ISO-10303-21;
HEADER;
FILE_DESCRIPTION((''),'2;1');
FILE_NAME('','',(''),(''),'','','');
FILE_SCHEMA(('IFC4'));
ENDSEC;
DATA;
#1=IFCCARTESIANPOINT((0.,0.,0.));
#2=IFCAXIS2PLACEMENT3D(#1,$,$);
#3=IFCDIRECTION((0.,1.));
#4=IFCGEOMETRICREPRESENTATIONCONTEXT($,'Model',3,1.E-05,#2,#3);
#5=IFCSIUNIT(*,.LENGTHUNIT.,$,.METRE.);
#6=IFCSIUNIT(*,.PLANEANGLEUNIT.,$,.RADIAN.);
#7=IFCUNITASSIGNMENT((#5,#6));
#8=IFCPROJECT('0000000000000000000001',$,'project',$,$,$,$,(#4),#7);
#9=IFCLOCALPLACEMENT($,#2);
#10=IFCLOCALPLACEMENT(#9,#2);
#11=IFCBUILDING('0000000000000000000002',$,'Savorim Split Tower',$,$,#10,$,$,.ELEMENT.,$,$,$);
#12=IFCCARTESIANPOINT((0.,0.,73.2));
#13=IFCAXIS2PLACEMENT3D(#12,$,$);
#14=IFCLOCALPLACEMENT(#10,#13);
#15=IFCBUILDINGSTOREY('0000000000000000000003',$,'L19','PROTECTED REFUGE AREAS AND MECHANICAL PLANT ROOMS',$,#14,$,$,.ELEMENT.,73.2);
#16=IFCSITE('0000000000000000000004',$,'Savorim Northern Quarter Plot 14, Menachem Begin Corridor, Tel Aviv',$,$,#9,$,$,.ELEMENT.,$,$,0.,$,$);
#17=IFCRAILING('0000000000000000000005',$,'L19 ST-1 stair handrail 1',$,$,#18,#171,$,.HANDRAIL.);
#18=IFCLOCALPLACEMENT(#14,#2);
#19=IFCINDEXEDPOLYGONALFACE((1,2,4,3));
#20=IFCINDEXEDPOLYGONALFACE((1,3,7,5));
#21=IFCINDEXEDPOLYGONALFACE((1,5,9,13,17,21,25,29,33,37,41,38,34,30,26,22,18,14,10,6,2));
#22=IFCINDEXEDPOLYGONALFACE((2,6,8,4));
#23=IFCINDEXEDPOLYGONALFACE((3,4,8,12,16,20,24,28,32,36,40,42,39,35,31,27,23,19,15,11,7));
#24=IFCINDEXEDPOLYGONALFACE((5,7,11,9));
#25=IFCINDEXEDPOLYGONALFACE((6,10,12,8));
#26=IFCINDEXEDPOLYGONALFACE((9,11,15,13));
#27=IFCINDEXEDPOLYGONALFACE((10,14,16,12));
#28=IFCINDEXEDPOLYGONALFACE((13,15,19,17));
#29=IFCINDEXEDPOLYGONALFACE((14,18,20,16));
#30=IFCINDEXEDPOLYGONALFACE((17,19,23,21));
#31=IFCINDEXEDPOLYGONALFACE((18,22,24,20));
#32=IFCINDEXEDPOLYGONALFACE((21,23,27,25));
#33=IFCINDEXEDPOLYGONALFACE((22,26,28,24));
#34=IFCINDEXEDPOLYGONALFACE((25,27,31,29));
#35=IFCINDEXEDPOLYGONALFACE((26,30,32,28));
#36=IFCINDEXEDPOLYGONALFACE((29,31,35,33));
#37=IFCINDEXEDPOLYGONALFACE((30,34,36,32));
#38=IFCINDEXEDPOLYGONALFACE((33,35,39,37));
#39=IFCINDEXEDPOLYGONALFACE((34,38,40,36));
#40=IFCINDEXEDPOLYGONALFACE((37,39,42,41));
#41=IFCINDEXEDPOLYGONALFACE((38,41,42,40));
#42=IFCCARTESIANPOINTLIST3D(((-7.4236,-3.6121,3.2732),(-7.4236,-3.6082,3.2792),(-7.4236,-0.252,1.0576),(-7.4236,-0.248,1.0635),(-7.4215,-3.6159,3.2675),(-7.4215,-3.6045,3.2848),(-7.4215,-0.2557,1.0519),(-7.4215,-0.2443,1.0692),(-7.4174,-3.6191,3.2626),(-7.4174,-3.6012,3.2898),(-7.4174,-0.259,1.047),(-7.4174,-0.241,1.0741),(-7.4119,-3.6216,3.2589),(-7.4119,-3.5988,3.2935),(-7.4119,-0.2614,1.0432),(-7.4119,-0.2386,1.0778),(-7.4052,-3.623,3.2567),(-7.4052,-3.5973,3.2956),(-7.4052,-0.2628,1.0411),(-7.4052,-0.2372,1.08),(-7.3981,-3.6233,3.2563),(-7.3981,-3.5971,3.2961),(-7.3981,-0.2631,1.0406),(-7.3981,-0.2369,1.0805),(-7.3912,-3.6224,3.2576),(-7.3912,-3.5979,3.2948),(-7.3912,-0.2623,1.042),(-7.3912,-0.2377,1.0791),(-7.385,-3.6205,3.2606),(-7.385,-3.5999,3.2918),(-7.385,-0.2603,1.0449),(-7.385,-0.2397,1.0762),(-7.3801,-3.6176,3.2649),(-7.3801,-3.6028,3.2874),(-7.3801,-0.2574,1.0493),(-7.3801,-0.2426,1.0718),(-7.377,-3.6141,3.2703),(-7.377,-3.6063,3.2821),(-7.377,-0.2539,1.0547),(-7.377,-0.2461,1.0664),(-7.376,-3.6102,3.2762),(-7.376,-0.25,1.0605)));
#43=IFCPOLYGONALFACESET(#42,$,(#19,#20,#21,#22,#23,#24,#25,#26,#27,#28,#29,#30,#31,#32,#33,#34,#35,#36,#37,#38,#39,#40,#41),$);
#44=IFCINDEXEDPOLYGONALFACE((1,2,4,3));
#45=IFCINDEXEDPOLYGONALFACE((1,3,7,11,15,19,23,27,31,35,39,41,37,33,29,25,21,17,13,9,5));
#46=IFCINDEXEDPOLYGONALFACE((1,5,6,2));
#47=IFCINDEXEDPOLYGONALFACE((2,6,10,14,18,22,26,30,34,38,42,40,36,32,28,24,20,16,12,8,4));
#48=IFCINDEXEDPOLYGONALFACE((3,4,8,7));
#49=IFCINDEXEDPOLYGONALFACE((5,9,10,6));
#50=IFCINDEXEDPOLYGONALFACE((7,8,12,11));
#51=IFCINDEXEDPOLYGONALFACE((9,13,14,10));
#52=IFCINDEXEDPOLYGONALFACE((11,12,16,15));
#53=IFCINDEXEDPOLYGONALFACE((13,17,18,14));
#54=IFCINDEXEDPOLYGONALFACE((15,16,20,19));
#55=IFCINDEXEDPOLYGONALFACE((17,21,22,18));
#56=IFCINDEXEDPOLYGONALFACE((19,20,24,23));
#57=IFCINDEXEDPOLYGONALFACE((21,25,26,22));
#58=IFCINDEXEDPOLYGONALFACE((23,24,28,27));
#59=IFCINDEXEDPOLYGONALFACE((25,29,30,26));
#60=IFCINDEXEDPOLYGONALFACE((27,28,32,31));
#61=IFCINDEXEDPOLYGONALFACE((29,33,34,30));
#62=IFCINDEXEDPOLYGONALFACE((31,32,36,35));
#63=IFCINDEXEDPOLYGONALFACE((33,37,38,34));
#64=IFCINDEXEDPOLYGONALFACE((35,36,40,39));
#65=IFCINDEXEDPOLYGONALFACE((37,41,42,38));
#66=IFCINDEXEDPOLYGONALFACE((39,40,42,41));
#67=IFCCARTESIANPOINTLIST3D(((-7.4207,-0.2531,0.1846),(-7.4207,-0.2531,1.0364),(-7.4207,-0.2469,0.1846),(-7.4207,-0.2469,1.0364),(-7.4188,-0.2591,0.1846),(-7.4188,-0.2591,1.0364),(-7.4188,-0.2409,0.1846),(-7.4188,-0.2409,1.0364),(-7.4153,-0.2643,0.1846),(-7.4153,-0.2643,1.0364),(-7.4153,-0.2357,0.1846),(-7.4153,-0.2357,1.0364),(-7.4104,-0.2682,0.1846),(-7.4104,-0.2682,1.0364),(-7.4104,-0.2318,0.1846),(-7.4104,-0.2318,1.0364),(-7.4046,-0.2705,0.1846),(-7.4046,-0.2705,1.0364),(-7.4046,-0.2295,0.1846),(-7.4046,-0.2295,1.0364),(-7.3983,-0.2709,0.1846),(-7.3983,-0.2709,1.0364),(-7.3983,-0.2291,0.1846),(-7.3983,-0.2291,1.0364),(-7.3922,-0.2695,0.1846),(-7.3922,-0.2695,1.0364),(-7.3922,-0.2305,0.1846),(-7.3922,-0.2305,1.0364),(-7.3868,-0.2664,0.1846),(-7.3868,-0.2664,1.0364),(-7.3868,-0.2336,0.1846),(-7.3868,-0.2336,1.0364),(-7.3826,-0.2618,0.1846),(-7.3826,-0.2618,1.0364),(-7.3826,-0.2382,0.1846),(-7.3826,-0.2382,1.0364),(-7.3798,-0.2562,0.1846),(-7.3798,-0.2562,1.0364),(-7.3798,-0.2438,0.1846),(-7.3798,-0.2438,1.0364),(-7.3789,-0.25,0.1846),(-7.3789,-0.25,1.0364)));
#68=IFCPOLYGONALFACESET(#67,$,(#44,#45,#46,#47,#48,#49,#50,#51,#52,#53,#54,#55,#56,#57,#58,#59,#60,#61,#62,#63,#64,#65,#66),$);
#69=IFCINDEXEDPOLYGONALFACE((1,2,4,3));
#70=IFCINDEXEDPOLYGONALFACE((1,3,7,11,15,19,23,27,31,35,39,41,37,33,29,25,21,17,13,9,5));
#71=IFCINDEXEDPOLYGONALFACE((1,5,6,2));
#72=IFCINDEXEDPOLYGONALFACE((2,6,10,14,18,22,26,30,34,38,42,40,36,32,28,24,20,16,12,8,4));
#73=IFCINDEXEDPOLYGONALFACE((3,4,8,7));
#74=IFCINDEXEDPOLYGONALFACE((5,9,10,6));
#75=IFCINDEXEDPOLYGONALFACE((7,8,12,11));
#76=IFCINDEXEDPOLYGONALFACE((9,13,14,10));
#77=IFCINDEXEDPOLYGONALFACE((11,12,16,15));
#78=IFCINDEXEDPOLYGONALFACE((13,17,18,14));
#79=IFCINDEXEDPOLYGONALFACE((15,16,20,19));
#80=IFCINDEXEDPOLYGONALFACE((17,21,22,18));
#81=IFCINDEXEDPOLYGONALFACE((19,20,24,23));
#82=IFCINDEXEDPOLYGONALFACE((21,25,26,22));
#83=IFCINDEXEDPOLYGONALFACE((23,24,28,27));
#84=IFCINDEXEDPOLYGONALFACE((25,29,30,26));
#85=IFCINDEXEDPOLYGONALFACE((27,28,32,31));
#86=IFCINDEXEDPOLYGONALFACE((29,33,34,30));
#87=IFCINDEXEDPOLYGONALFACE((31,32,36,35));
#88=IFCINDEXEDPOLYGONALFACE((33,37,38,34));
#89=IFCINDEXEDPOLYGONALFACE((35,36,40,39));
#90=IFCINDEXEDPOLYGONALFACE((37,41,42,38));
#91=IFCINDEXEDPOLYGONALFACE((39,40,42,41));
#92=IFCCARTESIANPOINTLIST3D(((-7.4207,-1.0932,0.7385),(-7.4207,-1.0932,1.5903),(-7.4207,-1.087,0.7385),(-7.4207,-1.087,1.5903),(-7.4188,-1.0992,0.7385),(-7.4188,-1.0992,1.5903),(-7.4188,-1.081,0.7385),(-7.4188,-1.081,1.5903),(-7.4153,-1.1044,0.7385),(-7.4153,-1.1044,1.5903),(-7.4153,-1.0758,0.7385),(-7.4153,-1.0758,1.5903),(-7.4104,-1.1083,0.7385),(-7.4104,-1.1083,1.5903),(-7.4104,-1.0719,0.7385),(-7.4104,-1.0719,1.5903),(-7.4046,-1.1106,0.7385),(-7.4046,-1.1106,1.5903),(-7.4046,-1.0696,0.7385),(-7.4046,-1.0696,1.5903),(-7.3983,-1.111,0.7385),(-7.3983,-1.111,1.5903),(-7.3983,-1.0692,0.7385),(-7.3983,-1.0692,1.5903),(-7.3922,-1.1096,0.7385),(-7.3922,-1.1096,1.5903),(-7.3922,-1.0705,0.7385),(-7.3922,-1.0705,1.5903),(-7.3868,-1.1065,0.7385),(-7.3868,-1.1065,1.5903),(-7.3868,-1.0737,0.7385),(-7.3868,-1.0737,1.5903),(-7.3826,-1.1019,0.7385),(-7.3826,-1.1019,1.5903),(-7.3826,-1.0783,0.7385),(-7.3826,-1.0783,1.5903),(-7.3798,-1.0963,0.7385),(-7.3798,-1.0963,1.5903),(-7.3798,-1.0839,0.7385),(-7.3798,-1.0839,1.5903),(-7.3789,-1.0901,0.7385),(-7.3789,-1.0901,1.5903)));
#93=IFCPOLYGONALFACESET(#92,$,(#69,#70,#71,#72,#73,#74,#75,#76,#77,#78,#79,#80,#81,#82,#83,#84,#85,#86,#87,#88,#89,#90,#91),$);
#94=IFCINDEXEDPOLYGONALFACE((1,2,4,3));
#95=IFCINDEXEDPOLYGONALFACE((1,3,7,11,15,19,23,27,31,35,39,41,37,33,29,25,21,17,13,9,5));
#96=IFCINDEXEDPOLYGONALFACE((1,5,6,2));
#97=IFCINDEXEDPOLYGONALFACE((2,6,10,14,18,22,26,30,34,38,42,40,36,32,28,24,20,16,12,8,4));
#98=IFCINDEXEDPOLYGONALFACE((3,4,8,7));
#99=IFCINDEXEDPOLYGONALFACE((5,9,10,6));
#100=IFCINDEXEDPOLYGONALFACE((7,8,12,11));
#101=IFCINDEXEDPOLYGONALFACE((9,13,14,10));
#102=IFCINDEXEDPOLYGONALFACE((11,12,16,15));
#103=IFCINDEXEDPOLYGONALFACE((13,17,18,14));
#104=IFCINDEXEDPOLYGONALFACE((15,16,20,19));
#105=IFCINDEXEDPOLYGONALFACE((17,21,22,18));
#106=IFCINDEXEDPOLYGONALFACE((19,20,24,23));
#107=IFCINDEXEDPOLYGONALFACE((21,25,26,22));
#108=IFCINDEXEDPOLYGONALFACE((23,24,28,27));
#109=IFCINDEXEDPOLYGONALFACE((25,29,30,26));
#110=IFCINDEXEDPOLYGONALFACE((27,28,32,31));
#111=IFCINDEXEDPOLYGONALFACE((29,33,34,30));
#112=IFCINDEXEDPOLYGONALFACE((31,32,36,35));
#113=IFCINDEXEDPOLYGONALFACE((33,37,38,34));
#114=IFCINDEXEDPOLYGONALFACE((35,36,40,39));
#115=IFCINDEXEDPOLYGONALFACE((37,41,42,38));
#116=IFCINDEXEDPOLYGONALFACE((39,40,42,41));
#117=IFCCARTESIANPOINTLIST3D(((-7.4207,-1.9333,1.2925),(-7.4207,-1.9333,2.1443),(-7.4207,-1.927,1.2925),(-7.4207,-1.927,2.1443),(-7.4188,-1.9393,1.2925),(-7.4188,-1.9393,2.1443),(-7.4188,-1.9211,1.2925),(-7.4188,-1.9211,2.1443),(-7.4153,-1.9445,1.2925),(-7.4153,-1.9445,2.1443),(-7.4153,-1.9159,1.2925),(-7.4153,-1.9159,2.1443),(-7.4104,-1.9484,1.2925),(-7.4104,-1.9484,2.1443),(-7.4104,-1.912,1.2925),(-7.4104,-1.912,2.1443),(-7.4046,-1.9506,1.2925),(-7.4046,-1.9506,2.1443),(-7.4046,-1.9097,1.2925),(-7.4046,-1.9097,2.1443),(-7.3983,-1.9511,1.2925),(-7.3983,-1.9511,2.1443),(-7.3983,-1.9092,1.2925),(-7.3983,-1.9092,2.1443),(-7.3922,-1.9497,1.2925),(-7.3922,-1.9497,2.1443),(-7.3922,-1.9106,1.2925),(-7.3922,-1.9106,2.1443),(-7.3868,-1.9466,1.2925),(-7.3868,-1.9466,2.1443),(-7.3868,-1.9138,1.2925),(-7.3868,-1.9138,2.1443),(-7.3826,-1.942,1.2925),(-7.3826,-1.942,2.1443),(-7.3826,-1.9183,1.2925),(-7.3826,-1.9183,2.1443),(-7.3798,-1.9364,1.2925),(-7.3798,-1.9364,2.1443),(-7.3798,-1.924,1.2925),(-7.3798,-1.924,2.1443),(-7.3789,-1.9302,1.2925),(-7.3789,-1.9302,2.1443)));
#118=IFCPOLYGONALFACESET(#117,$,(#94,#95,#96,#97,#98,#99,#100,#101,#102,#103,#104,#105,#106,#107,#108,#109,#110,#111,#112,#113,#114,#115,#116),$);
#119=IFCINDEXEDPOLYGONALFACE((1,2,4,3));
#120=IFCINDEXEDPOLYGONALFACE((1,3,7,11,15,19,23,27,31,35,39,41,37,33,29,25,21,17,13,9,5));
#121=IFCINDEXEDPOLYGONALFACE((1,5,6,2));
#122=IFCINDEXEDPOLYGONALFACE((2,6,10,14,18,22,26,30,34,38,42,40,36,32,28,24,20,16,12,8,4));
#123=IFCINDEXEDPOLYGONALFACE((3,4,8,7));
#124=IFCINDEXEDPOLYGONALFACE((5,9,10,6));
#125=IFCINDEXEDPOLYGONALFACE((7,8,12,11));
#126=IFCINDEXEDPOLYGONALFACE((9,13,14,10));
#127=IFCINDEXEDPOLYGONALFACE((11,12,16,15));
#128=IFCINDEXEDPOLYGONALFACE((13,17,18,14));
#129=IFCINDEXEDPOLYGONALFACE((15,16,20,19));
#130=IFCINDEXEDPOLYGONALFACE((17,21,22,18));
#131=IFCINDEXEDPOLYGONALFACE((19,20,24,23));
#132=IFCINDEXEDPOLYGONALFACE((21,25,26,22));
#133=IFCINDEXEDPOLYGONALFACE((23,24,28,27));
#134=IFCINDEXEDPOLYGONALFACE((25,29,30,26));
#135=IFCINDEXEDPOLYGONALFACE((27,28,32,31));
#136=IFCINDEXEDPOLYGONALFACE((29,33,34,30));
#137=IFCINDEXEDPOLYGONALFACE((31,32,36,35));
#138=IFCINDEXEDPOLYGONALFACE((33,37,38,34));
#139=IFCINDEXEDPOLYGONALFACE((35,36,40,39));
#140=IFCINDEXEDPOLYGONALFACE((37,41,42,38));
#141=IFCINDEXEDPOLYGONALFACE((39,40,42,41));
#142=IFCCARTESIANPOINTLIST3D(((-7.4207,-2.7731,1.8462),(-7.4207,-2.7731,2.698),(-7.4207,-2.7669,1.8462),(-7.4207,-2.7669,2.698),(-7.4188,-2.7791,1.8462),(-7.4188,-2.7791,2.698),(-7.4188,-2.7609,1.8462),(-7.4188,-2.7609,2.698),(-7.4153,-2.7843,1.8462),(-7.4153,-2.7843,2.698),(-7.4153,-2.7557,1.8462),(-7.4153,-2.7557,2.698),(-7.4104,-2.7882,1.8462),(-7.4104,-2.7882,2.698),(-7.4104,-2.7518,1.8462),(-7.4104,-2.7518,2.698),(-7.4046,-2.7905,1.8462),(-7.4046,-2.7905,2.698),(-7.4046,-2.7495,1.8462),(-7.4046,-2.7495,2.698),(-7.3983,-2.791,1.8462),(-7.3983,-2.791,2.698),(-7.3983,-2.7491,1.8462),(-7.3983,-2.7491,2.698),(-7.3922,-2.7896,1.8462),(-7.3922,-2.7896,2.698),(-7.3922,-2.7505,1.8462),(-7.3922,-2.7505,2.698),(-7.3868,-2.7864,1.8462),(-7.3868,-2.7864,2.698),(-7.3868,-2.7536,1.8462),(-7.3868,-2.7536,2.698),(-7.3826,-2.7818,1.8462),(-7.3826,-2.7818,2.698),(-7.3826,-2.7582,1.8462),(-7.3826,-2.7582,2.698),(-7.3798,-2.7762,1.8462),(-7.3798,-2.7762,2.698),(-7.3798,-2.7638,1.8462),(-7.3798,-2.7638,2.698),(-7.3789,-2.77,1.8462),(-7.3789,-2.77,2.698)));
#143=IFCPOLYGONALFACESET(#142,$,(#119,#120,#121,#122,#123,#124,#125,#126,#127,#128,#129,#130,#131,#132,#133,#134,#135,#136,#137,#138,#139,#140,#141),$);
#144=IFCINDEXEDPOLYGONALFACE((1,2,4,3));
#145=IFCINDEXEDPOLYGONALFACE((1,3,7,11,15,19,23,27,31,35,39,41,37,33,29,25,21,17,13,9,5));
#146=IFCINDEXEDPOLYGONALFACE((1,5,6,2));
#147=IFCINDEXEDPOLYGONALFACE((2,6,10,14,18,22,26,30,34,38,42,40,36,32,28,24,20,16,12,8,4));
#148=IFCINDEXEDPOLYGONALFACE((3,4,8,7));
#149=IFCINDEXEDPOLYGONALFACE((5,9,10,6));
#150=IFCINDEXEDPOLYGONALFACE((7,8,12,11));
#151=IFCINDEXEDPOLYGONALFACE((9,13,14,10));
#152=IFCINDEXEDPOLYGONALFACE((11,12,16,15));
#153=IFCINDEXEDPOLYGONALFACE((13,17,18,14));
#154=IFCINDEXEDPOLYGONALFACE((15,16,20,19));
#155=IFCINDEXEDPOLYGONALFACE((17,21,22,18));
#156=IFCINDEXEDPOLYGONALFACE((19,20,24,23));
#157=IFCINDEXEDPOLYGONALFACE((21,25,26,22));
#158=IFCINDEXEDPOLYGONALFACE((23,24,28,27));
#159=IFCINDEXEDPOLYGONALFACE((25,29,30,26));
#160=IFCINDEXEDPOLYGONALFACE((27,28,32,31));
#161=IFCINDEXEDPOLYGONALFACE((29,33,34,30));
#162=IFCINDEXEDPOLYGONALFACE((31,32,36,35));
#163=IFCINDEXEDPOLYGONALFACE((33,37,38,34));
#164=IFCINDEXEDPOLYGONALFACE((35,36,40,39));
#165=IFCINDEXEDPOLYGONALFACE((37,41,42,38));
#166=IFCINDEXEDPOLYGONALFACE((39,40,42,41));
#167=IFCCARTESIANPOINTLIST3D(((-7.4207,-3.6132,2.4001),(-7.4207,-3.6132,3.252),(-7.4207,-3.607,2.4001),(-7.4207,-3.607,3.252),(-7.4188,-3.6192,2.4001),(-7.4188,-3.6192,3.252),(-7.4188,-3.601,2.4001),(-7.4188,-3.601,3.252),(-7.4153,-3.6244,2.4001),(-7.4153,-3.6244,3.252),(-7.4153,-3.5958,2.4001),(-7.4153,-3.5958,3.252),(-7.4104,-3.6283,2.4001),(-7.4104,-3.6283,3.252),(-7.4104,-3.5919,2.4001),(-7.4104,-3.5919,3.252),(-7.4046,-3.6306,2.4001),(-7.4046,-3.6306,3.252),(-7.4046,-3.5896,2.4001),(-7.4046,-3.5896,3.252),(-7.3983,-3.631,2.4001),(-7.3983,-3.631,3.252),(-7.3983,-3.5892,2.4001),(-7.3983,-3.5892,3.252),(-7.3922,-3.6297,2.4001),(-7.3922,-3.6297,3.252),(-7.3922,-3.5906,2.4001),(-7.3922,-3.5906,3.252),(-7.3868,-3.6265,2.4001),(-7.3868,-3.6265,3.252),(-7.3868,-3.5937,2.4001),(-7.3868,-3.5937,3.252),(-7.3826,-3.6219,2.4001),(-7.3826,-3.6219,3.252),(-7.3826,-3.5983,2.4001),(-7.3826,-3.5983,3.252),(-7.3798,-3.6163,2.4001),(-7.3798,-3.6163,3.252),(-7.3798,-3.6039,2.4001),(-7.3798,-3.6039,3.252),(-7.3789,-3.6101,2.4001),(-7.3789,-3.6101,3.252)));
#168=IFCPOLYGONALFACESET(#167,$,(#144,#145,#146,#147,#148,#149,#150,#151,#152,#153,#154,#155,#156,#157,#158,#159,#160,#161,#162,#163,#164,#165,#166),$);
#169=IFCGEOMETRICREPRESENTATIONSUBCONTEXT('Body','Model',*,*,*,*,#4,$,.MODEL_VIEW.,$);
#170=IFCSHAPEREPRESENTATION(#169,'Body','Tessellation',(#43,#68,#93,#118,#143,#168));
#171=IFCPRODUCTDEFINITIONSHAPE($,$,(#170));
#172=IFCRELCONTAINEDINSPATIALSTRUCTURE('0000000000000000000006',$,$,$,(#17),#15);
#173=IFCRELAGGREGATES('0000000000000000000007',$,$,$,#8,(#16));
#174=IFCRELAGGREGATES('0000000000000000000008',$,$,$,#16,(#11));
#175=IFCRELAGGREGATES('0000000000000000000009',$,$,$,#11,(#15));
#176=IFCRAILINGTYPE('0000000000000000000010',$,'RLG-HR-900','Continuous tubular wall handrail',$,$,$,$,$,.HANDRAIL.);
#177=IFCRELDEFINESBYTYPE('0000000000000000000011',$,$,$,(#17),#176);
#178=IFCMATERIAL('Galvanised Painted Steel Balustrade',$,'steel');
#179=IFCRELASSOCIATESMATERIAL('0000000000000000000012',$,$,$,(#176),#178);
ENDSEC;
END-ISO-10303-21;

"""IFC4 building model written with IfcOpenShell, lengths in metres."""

from ifc_helpers import new_model, si_unit, direction, frame, origin, origin_2d, place, context, subcontext, project, spatial, circle, extrude, material, type_object, element, save


model = new_model("IFC4")

# Units and contexts
model_context = context("Model", 3, precision=1e-05, world=origin(), true_north=direction((0.0, 1.0)))
body_context = subcontext(model_context, "Body", "Model", "MODEL_VIEW")
ifc_project = project(units=[si_unit("LENGTHUNIT", "METRE"), si_unit("PLANEANGLEUNIT", "RADIAN")], contexts=[model_context])

# Site, building, storey
site_placement = place(None, origin())
site = spatial("IfcSite", under=ifc_project, at=site_placement, Name="Savorim Northern Quarter Plot 14, Menachem Begin Corridor, Tel Aviv", CompositionType="ELEMENT", RefElevation=0.0)
building_placement = place(site_placement, origin())
building = spatial("IfcBuilding", under=site, at=building_placement, Name="Savorim Split Tower", CompositionType="ELEMENT")
storey_placement = place(building_placement, frame((0.0, 0.0, 73.2)))
storey = spatial("IfcBuildingStorey", under=building, at=storey_placement, Name="L19", Description="PROTECTED REFUGE AREAS AND MECHANICAL PLANT ROOMS", CompositionType="ELEMENT", Elevation=73.2)

# Railing
ifc_material_1 = material(Name="Galvanised Painted Steel Balustrade", Category="steel")
railing_type = type_object("IfcRailingType", Name="RLG-HR-900", Description="Continuous tubular wall handrail", PredefinedType="HANDRAIL", material=ifc_material_1)
railing_placement = place(storey_placement, frame((-7.3999, -0.25, 0.1846)))
element("IfcRailing", 1, at=railing_placement, inside=storey, type_object=railing_type, Name="L19 ST-1 stair handrail 1", PredefinedType="HANDRAIL", context=body_context, shape_type="SweptSolid", body=[
    extrude(circle(Radius=0.0239, at=origin_2d()), frame((0.0, 0.0, 0.876), z_axis=(0.0, -0.834849, 0.55048), x_axis=(1.0, 0.0, 0.0)), (0.0, 0.0, 1.0), 4.0249),
    extrude(circle(Radius=0.021, at=origin_2d()), origin(), (0.0, 0.0, 1.0), 0.8518),
    extrude(circle(Radius=0.021, at=origin_2d()), frame((0.0, -0.8401, 0.554)), (0.0, 0.0, 1.0), 0.8518),
    extrude(circle(Radius=0.021, at=origin_2d()), frame((0.0, -1.6802, 1.1079)), (0.0, 0.0, 1.0), 0.8518),
    extrude(circle(Radius=0.021, at=origin_2d()), frame((0.0, -2.52, 1.6616)), (0.0, 0.0, 1.0), 0.8518),
    extrude(circle(Radius=0.021, at=origin_2d()), frame((0.0, -3.3601, 2.2156)), (0.0, 0.0, 1.0), 0.8518),
])

save(model, "model.ifc")
